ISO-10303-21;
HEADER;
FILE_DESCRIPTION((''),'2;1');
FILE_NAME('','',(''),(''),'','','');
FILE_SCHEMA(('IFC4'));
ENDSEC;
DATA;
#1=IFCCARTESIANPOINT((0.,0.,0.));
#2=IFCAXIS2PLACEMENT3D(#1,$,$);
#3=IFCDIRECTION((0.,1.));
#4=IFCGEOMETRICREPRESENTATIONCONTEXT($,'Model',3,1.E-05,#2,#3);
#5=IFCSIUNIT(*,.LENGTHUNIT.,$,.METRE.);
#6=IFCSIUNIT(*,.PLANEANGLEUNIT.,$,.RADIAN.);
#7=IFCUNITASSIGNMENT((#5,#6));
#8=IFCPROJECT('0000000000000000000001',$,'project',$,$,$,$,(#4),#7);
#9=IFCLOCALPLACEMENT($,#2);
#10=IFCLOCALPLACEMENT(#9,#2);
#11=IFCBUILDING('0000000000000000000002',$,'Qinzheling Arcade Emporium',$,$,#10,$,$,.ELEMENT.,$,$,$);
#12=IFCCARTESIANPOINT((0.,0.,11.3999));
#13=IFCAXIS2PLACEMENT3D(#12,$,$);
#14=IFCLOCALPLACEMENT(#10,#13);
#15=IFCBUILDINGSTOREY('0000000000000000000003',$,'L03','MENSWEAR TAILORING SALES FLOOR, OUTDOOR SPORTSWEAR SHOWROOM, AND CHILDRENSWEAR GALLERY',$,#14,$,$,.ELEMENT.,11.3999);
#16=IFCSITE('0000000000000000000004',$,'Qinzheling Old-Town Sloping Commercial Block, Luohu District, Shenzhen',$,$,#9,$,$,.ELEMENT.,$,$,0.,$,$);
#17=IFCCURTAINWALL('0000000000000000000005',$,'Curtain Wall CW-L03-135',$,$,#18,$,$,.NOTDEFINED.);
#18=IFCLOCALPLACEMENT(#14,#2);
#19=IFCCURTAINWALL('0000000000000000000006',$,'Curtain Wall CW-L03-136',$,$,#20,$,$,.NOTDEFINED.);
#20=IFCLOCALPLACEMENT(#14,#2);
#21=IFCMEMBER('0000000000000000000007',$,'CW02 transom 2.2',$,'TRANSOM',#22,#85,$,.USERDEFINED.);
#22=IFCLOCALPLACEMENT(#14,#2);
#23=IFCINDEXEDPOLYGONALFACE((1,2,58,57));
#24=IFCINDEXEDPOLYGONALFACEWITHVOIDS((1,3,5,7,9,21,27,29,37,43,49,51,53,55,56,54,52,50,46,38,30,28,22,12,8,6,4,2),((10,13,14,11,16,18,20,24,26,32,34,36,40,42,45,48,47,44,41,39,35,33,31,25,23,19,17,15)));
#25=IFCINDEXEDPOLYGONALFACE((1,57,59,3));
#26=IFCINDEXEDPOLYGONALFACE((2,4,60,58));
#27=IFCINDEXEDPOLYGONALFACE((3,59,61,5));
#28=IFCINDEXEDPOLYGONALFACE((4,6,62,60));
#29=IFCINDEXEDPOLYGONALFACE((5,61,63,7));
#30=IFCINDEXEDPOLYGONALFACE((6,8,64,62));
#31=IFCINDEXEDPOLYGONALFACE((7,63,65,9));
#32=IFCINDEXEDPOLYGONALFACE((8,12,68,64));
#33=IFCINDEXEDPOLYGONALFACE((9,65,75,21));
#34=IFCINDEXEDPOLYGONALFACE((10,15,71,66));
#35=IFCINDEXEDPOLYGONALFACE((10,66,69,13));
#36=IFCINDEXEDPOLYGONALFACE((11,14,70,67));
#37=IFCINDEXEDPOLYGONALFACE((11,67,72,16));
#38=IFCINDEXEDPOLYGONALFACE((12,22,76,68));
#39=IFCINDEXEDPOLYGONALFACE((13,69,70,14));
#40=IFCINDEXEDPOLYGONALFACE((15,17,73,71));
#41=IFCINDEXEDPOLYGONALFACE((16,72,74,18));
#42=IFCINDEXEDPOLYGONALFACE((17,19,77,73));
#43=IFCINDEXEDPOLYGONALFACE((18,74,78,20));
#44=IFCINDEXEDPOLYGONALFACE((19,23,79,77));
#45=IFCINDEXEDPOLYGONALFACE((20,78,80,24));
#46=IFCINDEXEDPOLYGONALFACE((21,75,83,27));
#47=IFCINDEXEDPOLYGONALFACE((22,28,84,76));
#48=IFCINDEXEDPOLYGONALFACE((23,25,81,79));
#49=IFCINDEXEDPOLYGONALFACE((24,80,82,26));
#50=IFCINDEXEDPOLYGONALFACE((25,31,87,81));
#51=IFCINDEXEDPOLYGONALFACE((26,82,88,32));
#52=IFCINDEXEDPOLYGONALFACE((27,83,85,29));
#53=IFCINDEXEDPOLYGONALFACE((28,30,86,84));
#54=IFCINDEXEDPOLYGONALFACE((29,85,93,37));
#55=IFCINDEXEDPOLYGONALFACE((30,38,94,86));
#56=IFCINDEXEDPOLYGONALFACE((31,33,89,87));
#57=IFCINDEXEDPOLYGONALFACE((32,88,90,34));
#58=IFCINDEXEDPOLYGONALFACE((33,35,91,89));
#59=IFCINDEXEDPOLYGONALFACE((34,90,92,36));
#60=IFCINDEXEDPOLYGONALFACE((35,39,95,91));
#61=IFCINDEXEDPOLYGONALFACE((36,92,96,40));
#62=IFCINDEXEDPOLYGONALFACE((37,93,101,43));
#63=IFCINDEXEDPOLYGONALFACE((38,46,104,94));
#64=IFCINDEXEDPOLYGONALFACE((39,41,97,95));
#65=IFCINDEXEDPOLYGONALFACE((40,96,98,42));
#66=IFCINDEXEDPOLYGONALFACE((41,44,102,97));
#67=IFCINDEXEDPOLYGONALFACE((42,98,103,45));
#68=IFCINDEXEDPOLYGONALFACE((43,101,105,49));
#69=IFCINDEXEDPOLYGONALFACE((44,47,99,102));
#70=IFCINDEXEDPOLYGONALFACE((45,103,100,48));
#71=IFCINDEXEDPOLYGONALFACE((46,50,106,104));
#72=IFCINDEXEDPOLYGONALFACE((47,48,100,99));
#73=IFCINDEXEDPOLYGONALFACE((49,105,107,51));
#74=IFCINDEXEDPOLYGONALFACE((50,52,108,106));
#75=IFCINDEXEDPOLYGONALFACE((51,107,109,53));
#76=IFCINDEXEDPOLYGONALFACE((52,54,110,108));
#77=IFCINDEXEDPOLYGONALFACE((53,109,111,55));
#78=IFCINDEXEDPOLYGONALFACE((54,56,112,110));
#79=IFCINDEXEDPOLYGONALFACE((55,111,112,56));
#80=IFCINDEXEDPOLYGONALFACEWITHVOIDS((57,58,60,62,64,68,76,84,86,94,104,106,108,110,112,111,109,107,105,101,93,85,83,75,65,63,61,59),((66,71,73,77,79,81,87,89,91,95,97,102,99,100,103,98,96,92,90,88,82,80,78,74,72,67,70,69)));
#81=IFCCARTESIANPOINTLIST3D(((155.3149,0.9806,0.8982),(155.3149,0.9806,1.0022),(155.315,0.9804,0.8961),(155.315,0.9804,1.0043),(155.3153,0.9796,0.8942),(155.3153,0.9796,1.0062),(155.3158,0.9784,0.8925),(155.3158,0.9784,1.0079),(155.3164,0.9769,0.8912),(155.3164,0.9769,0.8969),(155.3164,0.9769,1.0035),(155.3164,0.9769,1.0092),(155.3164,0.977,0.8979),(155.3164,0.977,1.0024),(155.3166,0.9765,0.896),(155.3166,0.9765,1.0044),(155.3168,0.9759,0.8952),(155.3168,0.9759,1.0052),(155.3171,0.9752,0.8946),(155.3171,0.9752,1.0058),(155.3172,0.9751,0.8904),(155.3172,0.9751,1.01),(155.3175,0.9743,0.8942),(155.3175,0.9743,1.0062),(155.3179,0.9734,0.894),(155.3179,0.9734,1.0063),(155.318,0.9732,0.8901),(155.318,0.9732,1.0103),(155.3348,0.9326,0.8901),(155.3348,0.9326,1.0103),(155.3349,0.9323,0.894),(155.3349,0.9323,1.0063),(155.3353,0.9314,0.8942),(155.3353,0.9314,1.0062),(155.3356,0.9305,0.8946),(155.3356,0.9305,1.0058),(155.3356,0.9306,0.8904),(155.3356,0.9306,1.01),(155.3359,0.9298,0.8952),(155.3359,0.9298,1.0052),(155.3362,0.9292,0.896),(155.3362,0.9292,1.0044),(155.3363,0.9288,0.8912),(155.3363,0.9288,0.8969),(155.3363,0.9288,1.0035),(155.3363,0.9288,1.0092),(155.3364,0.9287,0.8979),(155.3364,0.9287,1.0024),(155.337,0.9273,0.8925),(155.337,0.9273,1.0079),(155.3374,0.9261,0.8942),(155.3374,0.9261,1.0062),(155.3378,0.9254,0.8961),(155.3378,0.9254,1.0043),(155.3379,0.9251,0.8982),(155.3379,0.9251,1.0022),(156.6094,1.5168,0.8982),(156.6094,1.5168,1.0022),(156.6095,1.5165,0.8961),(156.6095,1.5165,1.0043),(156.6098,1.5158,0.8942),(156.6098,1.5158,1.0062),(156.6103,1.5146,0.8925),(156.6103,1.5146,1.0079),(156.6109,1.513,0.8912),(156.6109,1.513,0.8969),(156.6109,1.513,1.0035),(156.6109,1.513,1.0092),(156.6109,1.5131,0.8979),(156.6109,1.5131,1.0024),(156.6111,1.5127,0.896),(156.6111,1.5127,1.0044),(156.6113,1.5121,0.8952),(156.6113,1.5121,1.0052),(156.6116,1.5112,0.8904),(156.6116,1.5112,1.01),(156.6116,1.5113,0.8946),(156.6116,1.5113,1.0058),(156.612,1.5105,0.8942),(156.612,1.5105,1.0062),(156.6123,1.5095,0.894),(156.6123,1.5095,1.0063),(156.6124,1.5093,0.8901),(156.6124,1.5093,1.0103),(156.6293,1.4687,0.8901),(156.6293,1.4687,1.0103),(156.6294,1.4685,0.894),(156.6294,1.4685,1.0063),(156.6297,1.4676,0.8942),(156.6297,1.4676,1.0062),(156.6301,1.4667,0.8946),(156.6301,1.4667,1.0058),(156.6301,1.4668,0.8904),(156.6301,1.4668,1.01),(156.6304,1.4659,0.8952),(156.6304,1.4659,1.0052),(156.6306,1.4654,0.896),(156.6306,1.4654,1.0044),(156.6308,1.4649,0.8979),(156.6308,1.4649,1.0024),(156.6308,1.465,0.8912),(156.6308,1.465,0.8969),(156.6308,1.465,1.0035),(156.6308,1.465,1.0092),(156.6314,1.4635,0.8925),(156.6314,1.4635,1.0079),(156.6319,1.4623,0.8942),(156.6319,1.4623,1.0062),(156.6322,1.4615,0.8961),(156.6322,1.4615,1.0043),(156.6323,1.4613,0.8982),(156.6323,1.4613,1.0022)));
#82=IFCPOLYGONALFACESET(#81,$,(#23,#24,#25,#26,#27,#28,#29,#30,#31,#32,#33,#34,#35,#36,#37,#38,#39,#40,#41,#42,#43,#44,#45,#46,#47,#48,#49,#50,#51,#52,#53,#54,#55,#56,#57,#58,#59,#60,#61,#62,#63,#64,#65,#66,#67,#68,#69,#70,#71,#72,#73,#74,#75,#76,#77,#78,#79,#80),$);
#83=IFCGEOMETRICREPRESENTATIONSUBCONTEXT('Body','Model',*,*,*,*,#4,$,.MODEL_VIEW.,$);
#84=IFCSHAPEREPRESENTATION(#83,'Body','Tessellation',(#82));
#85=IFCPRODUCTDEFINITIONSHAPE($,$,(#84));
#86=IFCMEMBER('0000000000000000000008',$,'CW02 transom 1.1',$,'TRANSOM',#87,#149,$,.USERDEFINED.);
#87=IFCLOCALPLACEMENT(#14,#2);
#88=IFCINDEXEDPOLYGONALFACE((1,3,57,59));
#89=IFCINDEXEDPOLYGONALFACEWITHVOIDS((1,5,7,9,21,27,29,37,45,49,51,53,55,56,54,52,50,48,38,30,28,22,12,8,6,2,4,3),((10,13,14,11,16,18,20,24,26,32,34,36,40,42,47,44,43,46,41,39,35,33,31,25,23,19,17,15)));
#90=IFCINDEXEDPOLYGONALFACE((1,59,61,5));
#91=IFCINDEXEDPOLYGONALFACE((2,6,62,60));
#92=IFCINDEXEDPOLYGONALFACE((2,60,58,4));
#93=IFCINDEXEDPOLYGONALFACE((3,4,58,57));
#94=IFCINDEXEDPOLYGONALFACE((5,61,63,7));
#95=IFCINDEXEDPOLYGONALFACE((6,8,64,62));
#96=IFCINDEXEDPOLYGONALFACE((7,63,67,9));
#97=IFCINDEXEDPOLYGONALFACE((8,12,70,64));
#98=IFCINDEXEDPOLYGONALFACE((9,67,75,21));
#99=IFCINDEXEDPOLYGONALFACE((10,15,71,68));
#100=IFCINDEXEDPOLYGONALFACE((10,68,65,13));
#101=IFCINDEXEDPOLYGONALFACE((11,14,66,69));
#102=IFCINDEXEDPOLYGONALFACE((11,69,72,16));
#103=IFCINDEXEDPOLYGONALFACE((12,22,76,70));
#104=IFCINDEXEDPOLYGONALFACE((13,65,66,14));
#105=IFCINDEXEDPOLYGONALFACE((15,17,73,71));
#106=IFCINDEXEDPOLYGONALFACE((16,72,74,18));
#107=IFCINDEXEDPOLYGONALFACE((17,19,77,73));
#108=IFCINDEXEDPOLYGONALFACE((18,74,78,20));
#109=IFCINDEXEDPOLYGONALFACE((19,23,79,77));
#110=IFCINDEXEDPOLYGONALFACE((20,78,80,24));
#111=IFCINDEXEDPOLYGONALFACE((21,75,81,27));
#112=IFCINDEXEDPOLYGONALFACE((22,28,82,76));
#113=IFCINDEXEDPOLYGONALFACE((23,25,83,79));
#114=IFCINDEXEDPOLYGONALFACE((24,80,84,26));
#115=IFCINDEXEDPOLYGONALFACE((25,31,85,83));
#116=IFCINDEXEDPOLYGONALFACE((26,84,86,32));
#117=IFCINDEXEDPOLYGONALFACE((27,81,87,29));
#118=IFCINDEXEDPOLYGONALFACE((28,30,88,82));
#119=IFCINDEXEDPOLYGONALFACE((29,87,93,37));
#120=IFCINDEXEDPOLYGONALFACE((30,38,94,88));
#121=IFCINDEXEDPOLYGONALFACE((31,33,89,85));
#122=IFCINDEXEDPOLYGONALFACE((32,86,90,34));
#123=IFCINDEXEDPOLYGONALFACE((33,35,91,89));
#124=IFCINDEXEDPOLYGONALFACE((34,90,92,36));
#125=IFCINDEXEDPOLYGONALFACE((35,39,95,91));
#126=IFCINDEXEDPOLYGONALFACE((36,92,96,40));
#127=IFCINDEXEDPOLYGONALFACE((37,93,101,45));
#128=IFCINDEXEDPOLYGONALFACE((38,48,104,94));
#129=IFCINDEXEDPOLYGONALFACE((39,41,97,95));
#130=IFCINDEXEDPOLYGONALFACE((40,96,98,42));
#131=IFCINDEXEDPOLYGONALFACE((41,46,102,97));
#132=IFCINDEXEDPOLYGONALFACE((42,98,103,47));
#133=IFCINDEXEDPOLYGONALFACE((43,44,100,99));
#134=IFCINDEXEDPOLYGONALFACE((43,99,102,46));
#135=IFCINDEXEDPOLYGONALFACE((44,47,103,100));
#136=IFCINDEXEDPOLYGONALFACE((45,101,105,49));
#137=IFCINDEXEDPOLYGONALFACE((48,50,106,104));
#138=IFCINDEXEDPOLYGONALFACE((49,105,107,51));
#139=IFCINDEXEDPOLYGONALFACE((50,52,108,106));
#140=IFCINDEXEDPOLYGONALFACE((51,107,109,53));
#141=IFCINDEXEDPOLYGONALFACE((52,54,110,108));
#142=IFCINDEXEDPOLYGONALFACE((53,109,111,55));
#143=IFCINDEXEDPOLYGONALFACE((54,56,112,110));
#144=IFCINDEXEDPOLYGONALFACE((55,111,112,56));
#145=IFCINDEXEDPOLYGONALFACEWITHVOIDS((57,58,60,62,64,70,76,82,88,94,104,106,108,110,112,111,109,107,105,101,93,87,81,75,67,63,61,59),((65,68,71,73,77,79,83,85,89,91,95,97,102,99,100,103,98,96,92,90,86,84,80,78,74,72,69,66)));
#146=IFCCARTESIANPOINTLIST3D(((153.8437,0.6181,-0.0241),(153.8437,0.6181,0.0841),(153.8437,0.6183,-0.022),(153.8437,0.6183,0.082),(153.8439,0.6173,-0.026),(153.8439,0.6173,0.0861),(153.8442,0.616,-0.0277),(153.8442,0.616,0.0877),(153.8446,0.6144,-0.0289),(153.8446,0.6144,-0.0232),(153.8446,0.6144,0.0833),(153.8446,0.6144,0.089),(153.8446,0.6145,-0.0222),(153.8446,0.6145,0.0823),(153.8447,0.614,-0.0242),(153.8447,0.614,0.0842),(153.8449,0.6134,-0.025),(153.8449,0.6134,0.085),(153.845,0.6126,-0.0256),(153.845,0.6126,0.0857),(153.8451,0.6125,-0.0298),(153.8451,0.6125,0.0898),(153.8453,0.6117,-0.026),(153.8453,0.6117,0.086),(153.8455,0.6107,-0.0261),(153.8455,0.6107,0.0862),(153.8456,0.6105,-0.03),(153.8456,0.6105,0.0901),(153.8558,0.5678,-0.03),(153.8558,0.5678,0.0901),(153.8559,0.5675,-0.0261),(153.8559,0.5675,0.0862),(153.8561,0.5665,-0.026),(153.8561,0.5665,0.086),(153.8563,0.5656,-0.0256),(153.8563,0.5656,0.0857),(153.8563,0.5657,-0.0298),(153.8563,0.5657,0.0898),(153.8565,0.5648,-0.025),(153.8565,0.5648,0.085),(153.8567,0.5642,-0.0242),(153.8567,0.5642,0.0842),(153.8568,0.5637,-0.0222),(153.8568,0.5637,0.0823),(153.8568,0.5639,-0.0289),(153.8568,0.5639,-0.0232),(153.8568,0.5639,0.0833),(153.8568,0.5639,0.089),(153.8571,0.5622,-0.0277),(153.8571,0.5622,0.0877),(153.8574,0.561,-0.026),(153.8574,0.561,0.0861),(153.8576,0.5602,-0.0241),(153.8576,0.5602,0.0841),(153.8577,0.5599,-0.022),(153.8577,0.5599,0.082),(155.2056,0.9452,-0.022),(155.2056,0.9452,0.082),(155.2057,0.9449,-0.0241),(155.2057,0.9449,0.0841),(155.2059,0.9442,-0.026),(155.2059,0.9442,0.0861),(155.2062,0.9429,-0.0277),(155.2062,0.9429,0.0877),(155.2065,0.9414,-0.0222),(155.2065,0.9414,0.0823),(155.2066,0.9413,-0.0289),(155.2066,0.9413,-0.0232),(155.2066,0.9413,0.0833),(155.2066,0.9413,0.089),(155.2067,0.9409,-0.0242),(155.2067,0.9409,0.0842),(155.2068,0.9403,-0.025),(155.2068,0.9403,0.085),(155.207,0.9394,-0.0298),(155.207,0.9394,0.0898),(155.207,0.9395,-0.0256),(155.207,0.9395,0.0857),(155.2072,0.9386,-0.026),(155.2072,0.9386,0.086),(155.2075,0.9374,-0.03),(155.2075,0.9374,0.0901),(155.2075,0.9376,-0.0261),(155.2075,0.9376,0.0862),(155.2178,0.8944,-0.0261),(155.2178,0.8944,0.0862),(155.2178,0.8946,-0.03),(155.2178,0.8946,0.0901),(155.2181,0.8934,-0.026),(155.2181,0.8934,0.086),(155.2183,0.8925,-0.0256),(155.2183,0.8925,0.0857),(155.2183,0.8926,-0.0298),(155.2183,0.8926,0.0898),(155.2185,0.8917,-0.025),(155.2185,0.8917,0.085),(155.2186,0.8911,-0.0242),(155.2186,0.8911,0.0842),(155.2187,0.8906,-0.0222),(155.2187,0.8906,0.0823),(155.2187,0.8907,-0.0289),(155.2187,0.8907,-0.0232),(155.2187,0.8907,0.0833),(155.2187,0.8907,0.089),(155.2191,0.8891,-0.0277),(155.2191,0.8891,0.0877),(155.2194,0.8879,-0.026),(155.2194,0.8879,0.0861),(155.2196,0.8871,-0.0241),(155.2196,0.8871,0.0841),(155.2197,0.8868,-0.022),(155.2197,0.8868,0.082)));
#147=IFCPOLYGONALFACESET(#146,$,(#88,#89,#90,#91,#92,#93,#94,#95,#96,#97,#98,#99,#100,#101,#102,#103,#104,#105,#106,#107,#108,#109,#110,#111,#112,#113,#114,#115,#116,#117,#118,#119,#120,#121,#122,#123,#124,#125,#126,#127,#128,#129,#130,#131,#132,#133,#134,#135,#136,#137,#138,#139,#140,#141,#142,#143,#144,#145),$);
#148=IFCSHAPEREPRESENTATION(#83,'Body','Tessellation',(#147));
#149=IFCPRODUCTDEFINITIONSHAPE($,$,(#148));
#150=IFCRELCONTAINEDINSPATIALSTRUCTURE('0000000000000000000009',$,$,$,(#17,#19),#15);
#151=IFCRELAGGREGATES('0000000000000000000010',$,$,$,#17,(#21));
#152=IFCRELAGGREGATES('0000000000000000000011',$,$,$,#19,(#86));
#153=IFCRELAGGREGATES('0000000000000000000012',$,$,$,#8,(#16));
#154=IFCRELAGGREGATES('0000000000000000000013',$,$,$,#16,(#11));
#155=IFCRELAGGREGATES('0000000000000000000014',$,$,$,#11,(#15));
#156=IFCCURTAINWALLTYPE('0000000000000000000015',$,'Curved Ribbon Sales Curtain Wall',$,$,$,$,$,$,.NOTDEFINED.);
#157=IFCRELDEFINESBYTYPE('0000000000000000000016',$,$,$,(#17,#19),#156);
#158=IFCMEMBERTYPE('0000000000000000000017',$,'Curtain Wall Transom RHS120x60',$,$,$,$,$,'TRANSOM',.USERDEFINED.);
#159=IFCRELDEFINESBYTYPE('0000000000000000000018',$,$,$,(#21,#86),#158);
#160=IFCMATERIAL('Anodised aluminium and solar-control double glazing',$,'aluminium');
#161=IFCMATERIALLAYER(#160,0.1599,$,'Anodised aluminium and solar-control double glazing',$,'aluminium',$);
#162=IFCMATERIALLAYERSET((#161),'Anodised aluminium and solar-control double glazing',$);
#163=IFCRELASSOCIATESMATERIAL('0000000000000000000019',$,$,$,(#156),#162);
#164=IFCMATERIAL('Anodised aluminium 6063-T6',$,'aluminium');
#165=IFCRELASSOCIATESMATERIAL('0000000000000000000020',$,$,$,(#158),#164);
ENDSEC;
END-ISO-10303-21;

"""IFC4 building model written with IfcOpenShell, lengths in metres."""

from ifc_helpers import new_model, si_unit, direction, frame, origin, origin_2d, place, context, subcontext, project, spatial, hollow_rectangle, extrude, material, layer, layer_set, material_profile, profile_set, type_object, element, aggregate, save


model = new_model("IFC4")

# Units and contexts
model_context = context("Model", 3, precision=1e-05, world=origin(), true_north=direction((0.0, 1.0)))
body_context = subcontext(model_context, "Body", "Model", "MODEL_VIEW")
ifc_project = project(units=[si_unit("LENGTHUNIT", "METRE"), si_unit("PLANEANGLEUNIT", "RADIAN")], contexts=[model_context])

# Site, building, storey
site_placement = place(None, origin())
site = spatial("IfcSite", under=ifc_project, at=site_placement, Name="Qinzheling Old-Town Sloping Commercial Block, Luohu District, Shenzhen", CompositionType="ELEMENT", RefElevation=0.0)
building_placement = place(site_placement, origin())
building = spatial("IfcBuilding", under=site, at=building_placement, Name="Qinzheling Arcade Emporium", CompositionType="ELEMENT")
storey_placement = place(building_placement, frame((0.0, 0.0, 11.3999)))
storey = spatial("IfcBuildingStorey", under=building, at=storey_placement, Name="L03", Description="MENSWEAR TAILORING SALES FLOOR, OUTDOOR SPORTSWEAR SHOWROOM, AND CHILDRENSWEAR GALLERY", CompositionType="ELEMENT", Elevation=11.3999)

# Curtain wall
ifc_material_1 = material(Name="Anodised aluminium and solar-control double glazing", Category="aluminium")
ifc_layer_1 = layer(ifc_material_1, 0.1599, Name="Anodised aluminium and solar-control double glazing", Category="aluminium")
ifc_layer_set_1 = layer_set([ifc_layer_1], Name="Anodised aluminium and solar-control double glazing")
curtain_wall_type_1 = type_object("IfcCurtainWallType", Name="Curved Ribbon Sales Curtain Wall", PredefinedType="NOTDEFINED", material=ifc_layer_set_1)
curtain_wall_1_placement = place(storey_placement, origin())
curtain_wall_1 = element("IfcCurtainWall", 1, at=curtain_wall_1_placement, inside=storey, type_object=curtain_wall_type_1, Name="Curtain Wall CW-L03-135", PredefinedType="NOTDEFINED")
ifc_material_2 = material(Name="Anodised aluminium 6063-T6", Category="aluminium")

# Curtain wall
curtain_wall_2_placement = place(storey_placement, origin())
curtain_wall_2 = element("IfcCurtainWall", 2, at=curtain_wall_2_placement, inside=storey, type_object=curtain_wall_type_1, Name="Curtain Wall CW-L03-136", PredefinedType="NOTDEFINED")

# Members
ifc_material_profile_1 = material_profile(ifc_material_2, hollow_rectangle(XDim=0.0601, YDim=0.1201, WallThickness=0.0039, InnerFilletRadius=0.0039, OuterFilletRadius=0.0081, at=origin_2d()), Name="RHS 120x60x4", Category="aluminium")
ifc_profile_set_1 = profile_set([ifc_material_profile_1], Name="Anodised aluminium 6063-T6")
member_type_1 = type_object("IfcMemberType", Name="Curtain Wall Transom RHS120x60", ElementType="TRANSOM", PredefinedType="USERDEFINED", material=ifc_profile_set_1)
member_1_placement = place(storey_placement, frame((156.6208, 1.489, 0.9502), z_axis=(-0.923889, -0.38266, 0.0), x_axis=(0.38266, -0.923889, 0.0)))
member_1 = element("IfcMember", 3, at=member_1_placement, type_object=member_type_1, Name="CW02 transom 2.2", ObjectType="TRANSOM", PredefinedType="USERDEFINED", context=body_context, shape_type="SweptSolid", body=[
    extrude(hollow_rectangle(XDim=0.0601, YDim=0.1201, WallThickness=0.0039, InnerFilletRadius=0.0039, OuterFilletRadius=0.0081, at=origin_2d()), origin(), (0.0, 0.0, 1.0), 1.4011),
])
member_2_placement = place(storey_placement, frame((155.2126, 0.916, 0.03), z_axis=(-0.972386, -0.23338, 0.0), x_axis=(0.23338, -0.972386, 0.0)))
member_2 = element("IfcMember", 4, at=member_2_placement, type_object=member_type_1, Name="CW02 transom 1.1", ObjectType="TRANSOM", PredefinedType="USERDEFINED", context=body_context, shape_type="SweptSolid", body=[
    extrude(hollow_rectangle(XDim=0.0601, YDim=0.1201, WallThickness=0.0039, InnerFilletRadius=0.0039, OuterFilletRadius=0.0081, at=origin_2d()), origin(), (0.0, 0.0, 1.0), 1.4006),
])

aggregate(curtain_wall_1, [member_1])
aggregate(curtain_wall_2, [member_2])

save(model, "model.ifc")
